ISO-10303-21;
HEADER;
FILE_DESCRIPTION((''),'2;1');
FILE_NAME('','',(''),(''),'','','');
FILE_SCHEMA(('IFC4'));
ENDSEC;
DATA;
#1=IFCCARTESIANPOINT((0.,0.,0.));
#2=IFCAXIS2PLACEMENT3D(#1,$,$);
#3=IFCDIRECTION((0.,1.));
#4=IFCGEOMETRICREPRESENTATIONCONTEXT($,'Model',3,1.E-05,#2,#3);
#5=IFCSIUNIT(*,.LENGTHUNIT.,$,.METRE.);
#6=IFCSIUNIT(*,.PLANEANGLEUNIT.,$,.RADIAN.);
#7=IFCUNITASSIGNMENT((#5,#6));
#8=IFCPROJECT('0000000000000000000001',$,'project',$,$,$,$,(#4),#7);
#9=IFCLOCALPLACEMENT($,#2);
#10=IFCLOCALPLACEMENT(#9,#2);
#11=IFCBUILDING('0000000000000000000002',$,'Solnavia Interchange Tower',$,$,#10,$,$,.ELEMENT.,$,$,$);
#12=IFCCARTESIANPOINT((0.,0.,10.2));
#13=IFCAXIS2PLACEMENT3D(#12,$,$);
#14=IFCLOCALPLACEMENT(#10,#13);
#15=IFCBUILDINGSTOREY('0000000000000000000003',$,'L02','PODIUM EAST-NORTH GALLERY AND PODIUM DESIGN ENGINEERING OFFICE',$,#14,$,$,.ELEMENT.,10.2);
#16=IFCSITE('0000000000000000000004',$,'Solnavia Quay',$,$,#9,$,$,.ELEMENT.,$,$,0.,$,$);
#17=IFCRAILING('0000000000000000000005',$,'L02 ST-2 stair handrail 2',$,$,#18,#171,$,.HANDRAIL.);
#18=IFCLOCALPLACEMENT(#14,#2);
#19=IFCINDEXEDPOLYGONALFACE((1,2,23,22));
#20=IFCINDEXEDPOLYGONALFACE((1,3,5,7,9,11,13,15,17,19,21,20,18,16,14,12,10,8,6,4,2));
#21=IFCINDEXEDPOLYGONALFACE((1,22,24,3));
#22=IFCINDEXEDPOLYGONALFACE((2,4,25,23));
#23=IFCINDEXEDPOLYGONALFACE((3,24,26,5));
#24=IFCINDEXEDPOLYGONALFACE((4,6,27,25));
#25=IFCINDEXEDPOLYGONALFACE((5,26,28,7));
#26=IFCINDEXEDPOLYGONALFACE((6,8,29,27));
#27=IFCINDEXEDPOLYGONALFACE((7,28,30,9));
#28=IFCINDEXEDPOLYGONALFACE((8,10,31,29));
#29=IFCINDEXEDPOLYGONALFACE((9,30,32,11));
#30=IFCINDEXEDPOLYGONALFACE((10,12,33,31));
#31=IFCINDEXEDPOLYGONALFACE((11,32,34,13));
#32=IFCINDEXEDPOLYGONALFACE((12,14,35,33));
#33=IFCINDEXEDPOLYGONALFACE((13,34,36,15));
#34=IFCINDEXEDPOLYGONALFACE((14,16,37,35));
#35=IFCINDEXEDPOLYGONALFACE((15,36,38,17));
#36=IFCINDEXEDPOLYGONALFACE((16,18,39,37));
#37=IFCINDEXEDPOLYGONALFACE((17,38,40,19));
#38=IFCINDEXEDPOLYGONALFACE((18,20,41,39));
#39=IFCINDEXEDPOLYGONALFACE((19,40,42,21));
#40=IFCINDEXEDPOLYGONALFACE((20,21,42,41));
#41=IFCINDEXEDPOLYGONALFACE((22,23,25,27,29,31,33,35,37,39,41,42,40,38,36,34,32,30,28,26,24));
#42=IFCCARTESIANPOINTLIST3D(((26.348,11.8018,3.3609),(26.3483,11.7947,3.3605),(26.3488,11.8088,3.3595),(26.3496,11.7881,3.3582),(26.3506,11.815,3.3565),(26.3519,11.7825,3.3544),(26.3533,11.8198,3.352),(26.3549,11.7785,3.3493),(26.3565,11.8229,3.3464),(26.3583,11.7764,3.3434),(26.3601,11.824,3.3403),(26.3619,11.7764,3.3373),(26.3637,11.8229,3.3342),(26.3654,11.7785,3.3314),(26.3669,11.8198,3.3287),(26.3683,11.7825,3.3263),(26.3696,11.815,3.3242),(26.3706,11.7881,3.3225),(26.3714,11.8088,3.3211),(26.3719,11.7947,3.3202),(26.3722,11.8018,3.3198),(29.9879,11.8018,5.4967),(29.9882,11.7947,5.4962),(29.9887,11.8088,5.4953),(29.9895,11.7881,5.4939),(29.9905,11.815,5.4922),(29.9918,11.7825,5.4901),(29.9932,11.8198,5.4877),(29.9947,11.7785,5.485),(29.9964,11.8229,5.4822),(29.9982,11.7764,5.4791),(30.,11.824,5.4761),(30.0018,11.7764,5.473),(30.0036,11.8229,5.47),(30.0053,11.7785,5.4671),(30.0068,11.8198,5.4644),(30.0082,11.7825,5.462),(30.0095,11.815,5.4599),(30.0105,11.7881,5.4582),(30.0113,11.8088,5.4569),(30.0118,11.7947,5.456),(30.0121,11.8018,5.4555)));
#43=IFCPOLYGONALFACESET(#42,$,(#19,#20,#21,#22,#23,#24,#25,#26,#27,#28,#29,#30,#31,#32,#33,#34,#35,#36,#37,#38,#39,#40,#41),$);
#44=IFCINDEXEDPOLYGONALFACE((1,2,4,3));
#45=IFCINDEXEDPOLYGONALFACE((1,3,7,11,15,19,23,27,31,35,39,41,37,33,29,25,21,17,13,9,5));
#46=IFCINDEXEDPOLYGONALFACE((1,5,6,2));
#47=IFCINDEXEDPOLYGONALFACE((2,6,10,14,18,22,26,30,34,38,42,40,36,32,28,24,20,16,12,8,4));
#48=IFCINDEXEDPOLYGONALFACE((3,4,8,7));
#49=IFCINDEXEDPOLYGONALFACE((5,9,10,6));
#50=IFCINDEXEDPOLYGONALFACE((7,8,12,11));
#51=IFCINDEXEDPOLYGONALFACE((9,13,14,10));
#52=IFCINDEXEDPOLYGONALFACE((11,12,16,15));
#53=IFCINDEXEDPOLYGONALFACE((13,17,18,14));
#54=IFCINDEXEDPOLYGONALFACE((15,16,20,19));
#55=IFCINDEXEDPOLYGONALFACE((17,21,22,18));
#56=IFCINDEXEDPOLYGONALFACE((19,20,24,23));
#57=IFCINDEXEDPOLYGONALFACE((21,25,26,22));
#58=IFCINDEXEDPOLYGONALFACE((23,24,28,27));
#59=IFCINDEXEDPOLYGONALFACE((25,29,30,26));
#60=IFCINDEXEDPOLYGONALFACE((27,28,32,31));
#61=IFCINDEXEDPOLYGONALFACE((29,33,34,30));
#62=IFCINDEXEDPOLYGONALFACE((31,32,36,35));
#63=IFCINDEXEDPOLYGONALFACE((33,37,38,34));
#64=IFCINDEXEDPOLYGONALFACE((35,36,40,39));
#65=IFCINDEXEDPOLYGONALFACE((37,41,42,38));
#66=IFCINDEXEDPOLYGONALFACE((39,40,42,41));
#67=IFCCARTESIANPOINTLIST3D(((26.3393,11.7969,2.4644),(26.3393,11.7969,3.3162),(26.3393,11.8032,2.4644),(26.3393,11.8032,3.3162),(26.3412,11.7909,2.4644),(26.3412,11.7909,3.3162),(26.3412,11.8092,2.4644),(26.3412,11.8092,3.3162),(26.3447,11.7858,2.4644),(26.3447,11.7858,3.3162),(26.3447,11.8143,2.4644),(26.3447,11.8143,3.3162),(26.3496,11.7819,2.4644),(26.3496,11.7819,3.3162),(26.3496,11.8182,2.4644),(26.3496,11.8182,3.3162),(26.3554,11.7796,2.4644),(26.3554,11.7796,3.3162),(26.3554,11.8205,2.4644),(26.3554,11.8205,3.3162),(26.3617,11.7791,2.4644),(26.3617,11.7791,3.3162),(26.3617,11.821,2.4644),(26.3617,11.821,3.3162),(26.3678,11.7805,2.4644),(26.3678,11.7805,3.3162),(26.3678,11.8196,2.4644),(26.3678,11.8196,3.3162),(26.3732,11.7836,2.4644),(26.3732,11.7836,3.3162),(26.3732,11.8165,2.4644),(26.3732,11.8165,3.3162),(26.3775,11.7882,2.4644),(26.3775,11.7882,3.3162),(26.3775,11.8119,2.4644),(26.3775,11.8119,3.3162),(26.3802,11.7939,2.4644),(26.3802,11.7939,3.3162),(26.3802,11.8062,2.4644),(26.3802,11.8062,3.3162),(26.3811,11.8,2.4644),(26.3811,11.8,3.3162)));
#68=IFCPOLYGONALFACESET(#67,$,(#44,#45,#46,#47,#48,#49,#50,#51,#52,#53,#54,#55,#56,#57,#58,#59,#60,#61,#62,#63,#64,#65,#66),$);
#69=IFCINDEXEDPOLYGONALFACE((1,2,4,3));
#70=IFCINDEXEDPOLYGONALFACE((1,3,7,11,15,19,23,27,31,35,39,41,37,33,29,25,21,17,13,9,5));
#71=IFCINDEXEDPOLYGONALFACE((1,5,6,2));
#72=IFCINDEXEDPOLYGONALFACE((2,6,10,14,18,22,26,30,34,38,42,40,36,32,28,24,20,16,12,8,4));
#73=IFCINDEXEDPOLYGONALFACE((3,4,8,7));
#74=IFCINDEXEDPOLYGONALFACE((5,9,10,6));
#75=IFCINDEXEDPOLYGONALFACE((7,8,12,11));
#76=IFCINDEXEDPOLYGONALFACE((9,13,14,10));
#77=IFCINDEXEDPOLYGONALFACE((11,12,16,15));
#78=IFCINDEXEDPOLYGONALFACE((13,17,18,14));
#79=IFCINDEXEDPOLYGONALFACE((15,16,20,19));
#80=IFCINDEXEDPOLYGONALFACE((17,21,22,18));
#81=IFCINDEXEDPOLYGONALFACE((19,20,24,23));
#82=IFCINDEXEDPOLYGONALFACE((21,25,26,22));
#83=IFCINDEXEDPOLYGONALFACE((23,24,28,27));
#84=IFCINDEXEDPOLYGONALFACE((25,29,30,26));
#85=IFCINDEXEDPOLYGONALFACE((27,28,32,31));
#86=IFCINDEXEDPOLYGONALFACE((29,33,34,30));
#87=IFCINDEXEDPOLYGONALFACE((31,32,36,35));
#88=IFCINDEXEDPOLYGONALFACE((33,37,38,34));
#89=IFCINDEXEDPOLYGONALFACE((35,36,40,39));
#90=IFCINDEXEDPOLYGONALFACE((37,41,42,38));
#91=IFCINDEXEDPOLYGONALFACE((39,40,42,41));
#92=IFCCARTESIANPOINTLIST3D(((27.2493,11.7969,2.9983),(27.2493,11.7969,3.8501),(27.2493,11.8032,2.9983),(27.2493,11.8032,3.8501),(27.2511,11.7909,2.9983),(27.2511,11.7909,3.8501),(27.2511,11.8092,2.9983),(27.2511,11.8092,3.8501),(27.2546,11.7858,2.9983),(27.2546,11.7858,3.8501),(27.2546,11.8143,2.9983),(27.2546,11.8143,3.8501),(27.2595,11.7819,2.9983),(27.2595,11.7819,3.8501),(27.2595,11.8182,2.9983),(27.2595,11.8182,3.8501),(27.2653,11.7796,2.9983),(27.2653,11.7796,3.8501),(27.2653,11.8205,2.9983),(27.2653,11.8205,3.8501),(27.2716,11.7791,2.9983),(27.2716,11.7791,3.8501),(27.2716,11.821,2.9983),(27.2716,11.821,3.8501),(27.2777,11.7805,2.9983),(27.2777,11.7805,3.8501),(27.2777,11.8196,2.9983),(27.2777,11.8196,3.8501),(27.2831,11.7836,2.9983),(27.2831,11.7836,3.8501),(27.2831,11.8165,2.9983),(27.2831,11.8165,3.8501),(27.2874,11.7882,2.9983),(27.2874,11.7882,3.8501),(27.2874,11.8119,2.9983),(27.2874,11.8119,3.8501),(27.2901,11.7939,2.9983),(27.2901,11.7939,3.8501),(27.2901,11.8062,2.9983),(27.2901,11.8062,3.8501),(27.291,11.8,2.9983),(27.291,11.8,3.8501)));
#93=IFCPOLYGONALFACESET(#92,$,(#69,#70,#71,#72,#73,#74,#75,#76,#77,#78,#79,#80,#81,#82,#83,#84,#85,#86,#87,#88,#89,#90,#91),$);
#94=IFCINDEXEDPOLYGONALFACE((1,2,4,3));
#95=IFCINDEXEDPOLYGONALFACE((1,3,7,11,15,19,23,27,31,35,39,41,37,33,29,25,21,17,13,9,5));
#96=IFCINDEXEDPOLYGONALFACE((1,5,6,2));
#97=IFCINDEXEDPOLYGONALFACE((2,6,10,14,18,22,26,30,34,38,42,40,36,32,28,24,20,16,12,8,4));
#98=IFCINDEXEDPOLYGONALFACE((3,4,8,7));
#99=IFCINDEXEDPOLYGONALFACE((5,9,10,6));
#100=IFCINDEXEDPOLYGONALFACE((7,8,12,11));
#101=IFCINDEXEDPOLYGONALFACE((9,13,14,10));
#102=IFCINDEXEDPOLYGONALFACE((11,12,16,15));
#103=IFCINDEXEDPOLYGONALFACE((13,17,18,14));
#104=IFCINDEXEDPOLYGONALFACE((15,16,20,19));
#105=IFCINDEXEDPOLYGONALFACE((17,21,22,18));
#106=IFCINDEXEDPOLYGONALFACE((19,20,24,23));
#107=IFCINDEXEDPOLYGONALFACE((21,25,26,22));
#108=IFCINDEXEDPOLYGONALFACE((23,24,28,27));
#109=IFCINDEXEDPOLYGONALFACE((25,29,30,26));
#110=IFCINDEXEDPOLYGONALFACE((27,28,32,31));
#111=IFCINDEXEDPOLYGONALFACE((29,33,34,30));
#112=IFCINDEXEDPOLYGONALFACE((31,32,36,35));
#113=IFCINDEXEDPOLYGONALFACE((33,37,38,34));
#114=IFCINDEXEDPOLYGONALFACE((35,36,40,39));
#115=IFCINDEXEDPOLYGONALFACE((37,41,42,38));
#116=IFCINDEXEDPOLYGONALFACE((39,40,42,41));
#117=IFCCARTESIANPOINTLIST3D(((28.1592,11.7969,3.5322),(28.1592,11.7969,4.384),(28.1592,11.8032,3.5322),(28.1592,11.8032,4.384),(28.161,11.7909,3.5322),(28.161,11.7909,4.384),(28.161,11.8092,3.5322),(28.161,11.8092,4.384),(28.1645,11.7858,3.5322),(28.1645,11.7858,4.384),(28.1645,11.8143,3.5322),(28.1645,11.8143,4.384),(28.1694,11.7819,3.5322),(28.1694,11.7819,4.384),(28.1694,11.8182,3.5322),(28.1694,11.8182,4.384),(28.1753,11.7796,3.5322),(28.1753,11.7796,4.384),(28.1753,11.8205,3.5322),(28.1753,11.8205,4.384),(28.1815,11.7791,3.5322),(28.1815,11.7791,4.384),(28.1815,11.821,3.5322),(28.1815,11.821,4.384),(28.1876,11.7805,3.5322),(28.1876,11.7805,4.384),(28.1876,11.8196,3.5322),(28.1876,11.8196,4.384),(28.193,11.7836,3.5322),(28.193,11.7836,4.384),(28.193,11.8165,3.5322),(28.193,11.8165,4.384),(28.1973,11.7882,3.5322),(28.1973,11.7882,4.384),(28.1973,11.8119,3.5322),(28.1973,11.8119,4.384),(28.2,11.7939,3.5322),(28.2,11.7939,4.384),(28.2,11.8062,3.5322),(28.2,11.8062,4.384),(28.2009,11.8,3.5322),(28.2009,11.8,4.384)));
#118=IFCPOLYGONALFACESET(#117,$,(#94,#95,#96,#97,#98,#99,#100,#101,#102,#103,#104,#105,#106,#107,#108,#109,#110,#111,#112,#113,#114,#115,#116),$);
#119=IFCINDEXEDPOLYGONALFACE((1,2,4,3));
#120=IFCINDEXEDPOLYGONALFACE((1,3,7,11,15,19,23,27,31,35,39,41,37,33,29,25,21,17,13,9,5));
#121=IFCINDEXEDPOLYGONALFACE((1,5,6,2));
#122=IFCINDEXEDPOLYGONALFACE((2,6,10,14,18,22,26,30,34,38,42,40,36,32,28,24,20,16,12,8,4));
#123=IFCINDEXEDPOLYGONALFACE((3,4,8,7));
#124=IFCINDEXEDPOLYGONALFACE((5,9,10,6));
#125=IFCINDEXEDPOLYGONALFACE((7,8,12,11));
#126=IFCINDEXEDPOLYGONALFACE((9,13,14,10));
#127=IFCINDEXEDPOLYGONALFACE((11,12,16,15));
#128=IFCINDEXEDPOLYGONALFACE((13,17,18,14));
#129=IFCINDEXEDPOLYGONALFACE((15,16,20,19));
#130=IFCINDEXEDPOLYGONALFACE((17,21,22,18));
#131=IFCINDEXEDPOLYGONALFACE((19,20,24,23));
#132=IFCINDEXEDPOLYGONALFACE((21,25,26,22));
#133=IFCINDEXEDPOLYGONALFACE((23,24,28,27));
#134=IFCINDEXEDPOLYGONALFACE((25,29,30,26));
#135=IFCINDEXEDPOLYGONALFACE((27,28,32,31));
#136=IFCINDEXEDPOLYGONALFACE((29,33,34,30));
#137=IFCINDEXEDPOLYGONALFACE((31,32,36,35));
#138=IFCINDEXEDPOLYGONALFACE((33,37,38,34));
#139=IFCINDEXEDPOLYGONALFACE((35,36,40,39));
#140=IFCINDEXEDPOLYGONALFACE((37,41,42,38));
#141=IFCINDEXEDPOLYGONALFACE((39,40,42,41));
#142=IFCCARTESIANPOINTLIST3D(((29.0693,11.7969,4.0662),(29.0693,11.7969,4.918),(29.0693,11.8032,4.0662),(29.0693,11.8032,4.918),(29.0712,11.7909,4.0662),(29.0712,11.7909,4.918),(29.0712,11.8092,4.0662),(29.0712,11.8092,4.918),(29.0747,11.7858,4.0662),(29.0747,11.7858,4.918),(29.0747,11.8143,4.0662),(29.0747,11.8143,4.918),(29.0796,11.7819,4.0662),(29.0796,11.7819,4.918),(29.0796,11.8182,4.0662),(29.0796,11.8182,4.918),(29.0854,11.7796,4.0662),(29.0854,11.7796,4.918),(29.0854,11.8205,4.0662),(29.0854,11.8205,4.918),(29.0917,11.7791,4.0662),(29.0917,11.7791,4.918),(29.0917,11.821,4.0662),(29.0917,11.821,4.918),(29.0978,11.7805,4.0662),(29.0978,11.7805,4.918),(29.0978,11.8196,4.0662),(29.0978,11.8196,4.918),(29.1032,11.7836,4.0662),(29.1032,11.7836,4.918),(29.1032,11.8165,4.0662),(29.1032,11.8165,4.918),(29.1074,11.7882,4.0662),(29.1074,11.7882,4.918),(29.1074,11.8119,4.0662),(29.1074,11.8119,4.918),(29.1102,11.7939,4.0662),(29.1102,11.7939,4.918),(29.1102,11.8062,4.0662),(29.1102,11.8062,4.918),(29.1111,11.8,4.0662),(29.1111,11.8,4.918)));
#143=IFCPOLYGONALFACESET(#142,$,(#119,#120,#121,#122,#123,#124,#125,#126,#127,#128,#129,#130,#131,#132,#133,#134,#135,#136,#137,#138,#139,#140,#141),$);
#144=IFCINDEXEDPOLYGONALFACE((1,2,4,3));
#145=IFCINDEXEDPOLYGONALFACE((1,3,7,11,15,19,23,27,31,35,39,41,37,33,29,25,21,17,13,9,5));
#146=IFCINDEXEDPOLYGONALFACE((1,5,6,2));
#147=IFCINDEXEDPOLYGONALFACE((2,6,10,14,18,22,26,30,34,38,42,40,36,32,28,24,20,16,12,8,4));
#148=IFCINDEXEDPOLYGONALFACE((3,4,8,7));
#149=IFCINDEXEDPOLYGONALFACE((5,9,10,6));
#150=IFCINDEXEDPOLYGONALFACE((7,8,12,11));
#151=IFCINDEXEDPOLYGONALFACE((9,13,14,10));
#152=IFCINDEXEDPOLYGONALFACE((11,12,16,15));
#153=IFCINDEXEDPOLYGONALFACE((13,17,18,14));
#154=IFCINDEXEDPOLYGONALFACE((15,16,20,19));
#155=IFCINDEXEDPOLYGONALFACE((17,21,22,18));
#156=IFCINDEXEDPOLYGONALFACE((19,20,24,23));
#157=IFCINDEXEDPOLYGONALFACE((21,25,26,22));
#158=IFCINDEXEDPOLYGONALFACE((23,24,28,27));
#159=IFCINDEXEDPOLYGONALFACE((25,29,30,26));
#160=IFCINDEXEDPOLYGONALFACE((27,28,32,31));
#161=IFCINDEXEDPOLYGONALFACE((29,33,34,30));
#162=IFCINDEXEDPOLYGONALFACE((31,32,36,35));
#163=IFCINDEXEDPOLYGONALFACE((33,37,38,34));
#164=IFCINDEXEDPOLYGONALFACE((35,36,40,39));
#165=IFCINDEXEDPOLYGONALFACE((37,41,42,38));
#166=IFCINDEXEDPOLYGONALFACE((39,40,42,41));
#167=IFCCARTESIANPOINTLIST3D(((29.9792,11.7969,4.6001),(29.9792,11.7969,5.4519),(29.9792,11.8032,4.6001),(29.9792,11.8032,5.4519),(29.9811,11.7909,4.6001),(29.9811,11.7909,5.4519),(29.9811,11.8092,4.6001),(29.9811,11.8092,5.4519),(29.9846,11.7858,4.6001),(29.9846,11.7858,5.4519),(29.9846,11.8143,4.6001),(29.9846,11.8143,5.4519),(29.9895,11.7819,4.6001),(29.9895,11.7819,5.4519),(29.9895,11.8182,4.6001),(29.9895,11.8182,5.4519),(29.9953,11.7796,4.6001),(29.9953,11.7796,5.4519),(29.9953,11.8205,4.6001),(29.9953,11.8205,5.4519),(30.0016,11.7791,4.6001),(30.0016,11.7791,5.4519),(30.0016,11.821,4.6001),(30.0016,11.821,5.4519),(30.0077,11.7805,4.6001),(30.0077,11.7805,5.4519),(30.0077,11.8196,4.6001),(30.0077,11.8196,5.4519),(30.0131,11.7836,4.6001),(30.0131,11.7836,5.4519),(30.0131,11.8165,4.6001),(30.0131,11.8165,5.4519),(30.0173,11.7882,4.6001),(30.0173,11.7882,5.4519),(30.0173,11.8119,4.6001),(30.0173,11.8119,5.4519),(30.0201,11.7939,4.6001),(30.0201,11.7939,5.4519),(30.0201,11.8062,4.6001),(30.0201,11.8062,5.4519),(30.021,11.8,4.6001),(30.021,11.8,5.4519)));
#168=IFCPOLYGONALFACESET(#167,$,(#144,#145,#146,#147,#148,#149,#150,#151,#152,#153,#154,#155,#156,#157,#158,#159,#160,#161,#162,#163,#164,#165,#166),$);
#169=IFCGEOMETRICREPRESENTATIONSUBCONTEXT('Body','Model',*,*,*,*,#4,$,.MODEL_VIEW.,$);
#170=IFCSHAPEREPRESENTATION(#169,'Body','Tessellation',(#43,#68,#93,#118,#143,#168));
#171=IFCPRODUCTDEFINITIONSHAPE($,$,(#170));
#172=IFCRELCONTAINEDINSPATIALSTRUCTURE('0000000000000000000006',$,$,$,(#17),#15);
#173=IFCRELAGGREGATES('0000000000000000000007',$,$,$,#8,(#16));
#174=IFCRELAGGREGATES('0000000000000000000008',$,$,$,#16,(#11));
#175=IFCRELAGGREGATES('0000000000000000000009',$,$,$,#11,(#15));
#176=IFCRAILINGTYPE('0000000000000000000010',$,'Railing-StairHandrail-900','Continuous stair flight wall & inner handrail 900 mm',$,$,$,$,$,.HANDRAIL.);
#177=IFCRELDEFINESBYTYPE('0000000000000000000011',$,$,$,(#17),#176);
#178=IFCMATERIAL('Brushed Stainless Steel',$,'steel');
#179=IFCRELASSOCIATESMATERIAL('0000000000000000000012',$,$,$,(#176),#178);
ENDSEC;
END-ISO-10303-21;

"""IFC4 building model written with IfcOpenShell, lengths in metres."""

from ifc_helpers import new_model, si_unit, direction, frame, origin, origin_2d, place, context, subcontext, project, spatial, circle, extrude, material, type_object, element, save


model = new_model("IFC4")

# Units and contexts
model_context = context("Model", 3, precision=1e-05, world=origin(), true_north=direction((0.0, 1.0)))
body_context = subcontext(model_context, "Body", "Model", "MODEL_VIEW")
ifc_project = project(units=[si_unit("LENGTHUNIT", "METRE"), si_unit("PLANEANGLEUNIT", "RADIAN")], contexts=[model_context])

# Site, building, storey
site_placement = place(None, origin())
site = spatial("IfcSite", under=ifc_project, at=site_placement, Name="Solnavia Quay", CompositionType="ELEMENT", RefElevation=0.0)
building_placement = place(site_placement, origin())
building = spatial("IfcBuilding", under=site, at=building_placement, Name="Solnavia Interchange Tower", CompositionType="ELEMENT")
storey_placement = place(building_placement, frame((0.0, 0.0, 10.2)))
storey = spatial("IfcBuildingStorey", under=building, at=storey_placement, Name="L02", Description="PODIUM EAST-NORTH GALLERY AND PODIUM DESIGN ENGINEERING OFFICE", CompositionType="ELEMENT", Elevation=10.2)

# Railing
ifc_material_1 = material(Name="Brushed Stainless Steel", Category="steel")
railing_type_1 = type_object("IfcRailingType", Name="Railing-StairHandrail-900", Description="Continuous stair flight wall & inner handrail 900 mm", PredefinedType="HANDRAIL", material=ifc_material_1)
railing_1_placement = place(storey_placement, frame((26.3601, 11.8, 2.4644)))
element("IfcRailing", 1, at=railing_1_placement, inside=storey, type_object=railing_type_1, Name="L02 ST-2 stair handrail 2", PredefinedType="HANDRAIL", context=body_context, shape_type="SweptSolid", body=[
    extrude(circle(Radius=0.0239, at=origin_2d()), frame((0.0, 0.0, 0.876), z_axis=(0.86249, 0.0, 0.506074), x_axis=(0.0, 1.0, 0.0)), (0.0, 0.0, 1.0), 4.2202),
    extrude(circle(Radius=0.021, at=origin_2d()), origin(), (0.0, 0.0, 1.0), 0.8518),
    extrude(circle(Radius=0.021, at=origin_2d()), frame((0.9099, 0.0, 0.5339)), (0.0, 0.0, 1.0), 0.8518),
    extrude(circle(Radius=0.021, at=origin_2d()), frame((1.8198, 0.0, 1.0679)), (0.0, 0.0, 1.0), 0.8518),
    extrude(circle(Radius=0.021, at=origin_2d()), frame((2.73, 0.0, 1.6018)), (0.0, 0.0, 1.0), 0.8518),
    extrude(circle(Radius=0.021, at=origin_2d()), frame((3.6399, 0.0, 2.1357)), (0.0, 0.0, 1.0), 0.8518),
])

save(model, "model.ifc")
